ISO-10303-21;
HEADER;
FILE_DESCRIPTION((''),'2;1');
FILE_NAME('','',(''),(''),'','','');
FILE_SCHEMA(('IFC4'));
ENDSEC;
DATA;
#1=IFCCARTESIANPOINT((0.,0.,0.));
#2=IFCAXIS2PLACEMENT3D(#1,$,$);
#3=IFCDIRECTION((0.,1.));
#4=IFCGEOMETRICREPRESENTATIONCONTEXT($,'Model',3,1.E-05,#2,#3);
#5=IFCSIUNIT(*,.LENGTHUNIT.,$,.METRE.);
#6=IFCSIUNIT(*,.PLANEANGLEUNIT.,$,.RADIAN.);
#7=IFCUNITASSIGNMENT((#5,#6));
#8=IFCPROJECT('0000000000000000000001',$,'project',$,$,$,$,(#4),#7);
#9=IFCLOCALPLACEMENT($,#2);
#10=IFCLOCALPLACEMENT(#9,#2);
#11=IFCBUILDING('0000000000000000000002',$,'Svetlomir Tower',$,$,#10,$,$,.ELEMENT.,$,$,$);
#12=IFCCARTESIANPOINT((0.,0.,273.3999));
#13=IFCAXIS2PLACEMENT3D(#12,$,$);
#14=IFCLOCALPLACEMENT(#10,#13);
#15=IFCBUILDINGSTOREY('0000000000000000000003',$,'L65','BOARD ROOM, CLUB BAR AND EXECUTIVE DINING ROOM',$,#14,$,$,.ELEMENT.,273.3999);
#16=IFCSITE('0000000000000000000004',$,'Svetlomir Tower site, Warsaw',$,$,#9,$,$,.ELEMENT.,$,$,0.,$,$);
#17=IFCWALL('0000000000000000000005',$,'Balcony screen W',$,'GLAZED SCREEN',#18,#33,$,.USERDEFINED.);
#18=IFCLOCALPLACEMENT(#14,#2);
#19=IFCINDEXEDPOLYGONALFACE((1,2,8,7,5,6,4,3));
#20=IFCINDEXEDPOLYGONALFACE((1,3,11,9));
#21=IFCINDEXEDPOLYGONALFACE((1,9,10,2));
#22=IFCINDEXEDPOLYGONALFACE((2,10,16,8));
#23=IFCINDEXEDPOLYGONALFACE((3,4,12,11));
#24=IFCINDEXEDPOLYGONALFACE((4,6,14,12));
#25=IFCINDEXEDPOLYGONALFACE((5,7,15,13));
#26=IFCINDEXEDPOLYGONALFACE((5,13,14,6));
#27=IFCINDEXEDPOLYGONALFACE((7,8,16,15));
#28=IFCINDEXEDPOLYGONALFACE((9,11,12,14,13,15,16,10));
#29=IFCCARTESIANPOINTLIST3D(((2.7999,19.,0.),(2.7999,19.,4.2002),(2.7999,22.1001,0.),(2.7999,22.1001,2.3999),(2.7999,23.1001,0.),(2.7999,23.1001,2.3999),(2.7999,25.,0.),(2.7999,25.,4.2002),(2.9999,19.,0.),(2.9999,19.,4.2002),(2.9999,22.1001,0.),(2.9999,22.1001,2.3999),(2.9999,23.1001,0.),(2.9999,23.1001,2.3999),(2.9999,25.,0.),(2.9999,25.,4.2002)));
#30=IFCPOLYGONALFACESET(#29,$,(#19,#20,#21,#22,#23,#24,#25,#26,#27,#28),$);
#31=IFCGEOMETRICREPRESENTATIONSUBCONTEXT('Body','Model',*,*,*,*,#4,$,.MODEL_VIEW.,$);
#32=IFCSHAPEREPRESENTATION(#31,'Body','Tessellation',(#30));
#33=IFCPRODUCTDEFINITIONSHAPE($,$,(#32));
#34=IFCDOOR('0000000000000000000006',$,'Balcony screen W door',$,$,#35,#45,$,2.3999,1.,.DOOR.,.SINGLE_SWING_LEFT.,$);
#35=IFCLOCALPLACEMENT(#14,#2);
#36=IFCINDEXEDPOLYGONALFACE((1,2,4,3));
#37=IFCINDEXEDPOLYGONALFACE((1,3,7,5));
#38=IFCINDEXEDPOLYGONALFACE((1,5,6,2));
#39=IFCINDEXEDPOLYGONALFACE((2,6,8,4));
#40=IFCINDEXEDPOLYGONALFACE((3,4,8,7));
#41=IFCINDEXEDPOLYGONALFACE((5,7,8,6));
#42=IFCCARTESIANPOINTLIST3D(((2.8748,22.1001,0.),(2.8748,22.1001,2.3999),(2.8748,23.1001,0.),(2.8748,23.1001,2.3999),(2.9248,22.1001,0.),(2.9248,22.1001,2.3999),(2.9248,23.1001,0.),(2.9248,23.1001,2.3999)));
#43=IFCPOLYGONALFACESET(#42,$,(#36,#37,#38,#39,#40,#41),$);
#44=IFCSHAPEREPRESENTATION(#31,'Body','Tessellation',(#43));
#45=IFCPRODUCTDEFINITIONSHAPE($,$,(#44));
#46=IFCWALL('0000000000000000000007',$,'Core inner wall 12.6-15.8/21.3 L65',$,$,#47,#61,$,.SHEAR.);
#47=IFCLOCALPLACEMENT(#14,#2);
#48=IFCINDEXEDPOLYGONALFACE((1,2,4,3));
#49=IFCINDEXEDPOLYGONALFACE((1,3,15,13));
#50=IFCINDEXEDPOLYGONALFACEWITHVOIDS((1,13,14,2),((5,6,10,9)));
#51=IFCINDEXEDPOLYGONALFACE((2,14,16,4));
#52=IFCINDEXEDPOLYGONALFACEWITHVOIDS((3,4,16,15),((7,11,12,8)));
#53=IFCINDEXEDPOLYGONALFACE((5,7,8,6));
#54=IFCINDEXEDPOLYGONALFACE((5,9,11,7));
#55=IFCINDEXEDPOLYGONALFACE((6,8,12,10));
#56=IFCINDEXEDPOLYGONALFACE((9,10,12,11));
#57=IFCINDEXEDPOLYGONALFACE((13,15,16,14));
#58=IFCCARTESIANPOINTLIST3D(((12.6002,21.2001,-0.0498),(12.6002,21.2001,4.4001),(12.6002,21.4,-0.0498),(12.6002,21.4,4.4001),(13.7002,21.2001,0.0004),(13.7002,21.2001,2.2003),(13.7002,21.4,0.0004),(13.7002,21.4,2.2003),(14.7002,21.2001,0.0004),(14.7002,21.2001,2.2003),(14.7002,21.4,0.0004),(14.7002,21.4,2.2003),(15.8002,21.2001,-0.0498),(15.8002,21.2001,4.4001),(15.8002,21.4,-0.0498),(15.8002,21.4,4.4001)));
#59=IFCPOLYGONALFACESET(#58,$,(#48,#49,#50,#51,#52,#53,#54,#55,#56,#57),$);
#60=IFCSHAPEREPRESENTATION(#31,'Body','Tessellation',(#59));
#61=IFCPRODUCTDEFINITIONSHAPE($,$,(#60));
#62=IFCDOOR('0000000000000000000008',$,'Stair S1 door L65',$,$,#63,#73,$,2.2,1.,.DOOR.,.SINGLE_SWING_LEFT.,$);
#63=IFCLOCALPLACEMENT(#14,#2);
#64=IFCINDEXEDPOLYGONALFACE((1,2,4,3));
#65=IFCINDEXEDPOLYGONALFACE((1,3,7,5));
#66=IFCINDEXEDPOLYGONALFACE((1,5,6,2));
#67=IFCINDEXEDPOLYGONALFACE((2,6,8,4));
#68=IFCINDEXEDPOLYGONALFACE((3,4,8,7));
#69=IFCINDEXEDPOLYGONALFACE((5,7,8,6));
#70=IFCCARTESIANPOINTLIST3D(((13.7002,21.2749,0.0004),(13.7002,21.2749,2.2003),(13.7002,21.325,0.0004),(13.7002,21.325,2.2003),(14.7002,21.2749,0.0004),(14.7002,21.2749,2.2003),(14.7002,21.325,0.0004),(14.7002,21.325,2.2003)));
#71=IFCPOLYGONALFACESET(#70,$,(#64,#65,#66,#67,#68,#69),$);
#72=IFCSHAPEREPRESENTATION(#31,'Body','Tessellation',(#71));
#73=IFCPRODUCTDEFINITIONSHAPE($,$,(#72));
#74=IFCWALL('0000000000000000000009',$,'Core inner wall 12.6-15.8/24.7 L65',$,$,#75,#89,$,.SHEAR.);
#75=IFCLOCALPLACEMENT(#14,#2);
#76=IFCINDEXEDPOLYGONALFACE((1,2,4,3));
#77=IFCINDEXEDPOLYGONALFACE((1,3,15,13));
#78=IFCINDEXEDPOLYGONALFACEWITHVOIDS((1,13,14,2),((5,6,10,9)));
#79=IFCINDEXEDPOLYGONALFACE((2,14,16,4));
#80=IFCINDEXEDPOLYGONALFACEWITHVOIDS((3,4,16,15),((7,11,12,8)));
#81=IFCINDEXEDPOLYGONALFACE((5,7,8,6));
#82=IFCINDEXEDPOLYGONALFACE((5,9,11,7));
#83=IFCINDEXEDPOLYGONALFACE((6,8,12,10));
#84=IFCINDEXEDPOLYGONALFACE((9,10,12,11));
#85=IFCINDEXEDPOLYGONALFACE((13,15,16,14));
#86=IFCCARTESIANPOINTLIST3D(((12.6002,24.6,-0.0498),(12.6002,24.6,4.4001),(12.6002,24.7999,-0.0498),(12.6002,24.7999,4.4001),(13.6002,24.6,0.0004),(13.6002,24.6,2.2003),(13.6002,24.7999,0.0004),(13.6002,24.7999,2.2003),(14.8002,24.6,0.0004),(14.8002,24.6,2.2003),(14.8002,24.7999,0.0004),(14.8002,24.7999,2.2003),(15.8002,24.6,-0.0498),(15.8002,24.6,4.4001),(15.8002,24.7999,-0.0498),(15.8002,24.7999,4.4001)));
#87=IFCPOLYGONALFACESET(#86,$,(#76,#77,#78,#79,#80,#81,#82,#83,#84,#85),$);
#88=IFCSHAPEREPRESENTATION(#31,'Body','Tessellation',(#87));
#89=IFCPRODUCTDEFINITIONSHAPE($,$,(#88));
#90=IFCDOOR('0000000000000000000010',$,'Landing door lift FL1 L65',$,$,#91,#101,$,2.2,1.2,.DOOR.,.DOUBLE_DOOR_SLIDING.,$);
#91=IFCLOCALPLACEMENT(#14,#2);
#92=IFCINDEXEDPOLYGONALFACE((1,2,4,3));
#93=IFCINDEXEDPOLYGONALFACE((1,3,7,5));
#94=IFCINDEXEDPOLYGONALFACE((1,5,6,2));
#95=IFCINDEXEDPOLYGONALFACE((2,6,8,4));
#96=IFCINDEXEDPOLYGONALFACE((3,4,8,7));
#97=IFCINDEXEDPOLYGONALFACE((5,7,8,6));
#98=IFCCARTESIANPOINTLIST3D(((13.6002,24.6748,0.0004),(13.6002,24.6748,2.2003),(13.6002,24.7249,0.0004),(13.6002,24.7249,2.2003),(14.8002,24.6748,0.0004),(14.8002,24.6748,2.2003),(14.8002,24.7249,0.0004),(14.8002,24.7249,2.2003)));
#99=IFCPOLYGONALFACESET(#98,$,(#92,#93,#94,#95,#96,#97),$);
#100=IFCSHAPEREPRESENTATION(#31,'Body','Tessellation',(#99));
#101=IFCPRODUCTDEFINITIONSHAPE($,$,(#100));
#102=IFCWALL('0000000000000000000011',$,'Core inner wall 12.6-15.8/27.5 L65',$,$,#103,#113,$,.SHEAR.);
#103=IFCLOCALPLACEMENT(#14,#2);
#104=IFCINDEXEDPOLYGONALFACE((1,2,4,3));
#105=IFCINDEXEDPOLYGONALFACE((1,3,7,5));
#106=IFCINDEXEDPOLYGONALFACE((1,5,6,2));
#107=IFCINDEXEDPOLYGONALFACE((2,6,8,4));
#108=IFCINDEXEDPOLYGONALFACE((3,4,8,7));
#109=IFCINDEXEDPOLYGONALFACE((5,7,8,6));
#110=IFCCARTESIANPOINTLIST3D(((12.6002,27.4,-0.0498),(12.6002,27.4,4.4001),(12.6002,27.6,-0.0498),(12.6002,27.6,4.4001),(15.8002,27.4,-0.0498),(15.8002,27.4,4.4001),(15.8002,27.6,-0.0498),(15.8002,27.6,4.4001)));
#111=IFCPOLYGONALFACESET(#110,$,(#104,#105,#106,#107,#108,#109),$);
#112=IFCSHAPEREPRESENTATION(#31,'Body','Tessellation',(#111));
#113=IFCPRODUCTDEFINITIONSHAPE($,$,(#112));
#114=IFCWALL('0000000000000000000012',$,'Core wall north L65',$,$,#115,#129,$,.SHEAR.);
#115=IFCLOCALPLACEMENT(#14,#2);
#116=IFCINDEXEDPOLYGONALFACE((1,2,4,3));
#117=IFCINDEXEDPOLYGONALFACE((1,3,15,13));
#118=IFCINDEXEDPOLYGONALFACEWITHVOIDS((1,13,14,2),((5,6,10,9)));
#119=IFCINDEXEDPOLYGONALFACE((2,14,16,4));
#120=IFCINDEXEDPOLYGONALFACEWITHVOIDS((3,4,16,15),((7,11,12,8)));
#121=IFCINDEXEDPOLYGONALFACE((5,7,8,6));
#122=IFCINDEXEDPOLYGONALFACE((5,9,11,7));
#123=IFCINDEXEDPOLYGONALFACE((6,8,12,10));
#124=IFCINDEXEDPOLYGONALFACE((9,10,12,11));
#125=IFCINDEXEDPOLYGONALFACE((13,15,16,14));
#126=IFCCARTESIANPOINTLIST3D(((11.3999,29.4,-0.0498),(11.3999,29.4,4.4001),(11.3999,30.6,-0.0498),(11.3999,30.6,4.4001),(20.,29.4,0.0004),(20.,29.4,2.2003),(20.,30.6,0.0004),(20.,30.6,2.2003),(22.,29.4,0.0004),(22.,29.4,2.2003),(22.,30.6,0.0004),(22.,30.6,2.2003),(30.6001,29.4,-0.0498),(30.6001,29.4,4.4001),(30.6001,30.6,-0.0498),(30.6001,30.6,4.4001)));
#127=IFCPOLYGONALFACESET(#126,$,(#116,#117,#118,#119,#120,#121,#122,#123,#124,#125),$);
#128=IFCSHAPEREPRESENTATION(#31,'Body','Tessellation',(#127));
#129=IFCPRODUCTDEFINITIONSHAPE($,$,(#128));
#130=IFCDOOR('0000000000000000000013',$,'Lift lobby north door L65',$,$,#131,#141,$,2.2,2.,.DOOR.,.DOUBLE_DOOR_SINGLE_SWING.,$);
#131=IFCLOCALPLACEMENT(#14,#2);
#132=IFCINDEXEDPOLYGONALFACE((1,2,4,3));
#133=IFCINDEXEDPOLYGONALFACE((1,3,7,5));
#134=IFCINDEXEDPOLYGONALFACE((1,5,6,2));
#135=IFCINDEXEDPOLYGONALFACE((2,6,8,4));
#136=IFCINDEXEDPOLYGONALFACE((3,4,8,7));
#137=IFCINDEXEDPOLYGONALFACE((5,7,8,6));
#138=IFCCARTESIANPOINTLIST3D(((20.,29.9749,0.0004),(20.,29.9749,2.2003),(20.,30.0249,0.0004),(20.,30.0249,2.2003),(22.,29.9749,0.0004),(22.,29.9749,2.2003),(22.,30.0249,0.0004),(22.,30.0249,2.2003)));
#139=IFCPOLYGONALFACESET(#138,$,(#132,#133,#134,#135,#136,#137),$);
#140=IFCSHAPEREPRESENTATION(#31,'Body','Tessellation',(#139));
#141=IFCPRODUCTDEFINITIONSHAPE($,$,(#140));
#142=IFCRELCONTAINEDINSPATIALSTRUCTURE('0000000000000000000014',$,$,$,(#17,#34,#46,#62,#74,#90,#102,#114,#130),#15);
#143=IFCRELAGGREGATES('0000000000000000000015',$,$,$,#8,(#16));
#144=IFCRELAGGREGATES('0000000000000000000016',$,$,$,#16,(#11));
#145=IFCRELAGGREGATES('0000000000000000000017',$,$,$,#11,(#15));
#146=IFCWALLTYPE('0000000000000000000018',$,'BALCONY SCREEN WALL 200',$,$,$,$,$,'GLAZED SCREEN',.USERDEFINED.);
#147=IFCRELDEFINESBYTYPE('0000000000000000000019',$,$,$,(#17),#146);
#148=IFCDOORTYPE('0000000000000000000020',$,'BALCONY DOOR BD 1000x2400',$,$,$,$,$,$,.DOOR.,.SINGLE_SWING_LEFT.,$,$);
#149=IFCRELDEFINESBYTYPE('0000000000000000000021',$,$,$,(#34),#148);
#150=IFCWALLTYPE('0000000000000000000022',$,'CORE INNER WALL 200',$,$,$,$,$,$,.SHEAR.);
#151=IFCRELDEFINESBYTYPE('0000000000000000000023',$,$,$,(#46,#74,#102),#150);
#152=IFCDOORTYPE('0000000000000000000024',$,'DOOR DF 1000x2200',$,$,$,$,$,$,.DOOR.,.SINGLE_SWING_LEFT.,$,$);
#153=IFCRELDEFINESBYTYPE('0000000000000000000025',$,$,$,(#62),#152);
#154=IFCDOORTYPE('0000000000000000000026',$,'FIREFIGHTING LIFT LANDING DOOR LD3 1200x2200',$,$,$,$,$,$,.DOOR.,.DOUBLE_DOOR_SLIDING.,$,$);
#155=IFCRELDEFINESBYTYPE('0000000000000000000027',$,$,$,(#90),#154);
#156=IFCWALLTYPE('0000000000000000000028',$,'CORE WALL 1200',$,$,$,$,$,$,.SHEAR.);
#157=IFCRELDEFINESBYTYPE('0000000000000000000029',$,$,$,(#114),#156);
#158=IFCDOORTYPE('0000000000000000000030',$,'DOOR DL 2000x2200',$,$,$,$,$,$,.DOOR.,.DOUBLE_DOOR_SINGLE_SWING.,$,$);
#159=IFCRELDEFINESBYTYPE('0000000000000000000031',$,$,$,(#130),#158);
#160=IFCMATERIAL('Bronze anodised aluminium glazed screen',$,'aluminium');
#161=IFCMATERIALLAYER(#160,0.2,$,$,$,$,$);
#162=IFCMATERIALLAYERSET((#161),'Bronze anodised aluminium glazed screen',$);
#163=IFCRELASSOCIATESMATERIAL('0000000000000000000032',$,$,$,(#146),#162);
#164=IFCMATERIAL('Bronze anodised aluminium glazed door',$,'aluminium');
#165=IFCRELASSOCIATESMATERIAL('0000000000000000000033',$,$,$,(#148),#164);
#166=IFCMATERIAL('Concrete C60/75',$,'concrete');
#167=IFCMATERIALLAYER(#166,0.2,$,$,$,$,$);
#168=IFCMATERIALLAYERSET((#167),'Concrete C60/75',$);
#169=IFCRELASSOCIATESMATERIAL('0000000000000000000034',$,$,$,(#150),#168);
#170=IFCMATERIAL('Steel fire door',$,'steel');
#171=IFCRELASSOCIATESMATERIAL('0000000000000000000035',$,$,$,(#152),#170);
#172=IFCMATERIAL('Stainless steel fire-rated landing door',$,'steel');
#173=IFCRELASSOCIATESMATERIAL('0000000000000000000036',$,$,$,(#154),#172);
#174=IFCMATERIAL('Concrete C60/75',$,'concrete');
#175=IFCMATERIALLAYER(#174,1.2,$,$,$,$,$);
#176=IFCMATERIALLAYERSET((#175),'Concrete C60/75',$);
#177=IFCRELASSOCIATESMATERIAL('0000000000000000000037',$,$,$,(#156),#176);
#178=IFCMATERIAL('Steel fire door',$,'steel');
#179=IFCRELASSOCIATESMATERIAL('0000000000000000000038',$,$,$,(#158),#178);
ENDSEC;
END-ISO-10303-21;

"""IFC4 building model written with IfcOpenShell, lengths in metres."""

from ifc_helpers import new_model, si_unit, direction, frame, frame_2d, origin, place, context, subcontext, project, spatial, rectangle, extrude, material, layer, layer_set, type_object, element, fill, save


model = new_model("IFC4")

# Units and contexts
model_context = context("Model", 3, precision=1e-05, world=origin(), true_north=direction((0.0, 1.0)))
body_context = subcontext(model_context, "Body", "Model", "MODEL_VIEW")
ifc_project = project(units=[si_unit("LENGTHUNIT", "METRE"), si_unit("PLANEANGLEUNIT", "RADIAN")], contexts=[model_context])

# Site, building, storey
site_placement = place(None, origin())
site = spatial("IfcSite", under=ifc_project, at=site_placement, Name="Svetlomir Tower site, Warsaw", CompositionType="ELEMENT", RefElevation=0.0)
building_placement = place(site_placement, origin())
building = spatial("IfcBuilding", under=site, at=building_placement, Name="Svetlomir Tower", CompositionType="ELEMENT")
storey_placement = place(building_placement, frame((0.0, 0.0, 273.3999)))
storey = spatial("IfcBuildingStorey", under=building, at=storey_placement, Name="L65", Description="BOARD ROOM, CLUB BAR AND EXECUTIVE DINING ROOM", CompositionType="ELEMENT", Elevation=273.3999)

# Walls, openings, doors
ifc_material_1 = material(Name="Bronze anodised aluminium glazed screen", Category="aluminium")
ifc_layer_1 = layer(ifc_material_1, 0.2)
ifc_layer_set_1 = layer_set([ifc_layer_1], Name="Bronze anodised aluminium glazed screen")
wall_type_1 = type_object("IfcWallType", Name="BALCONY SCREEN WALL 200", ElementType="GLAZED SCREEN", PredefinedType="USERDEFINED", material=ifc_layer_set_1)
wall_1_placement = place(storey_placement, frame((2.8999, 25.0, 0.0), z_axis=(0.0, 0.0, 1.0), x_axis=(0.0, -1.0, 0.0)))
wall_1 = element("IfcWall", 1, at=wall_1_placement, inside=storey, type_object=wall_type_1, Name="Balcony screen W", ObjectType="GLAZED SCREEN", PredefinedType="USERDEFINED", context=body_context, shape_type="SweptSolid", body=[
    extrude(rectangle(XDim=6.0, YDim=0.2, at=frame_2d((3.0, 0.0))), origin(), (0.0, 0.0, 1.0), 4.2002),
])
opening_1_placement = place(wall_1_placement, frame((1.8999, 0.0, 0.0)))
opening_1 = element("IfcOpeningElement", 2, at=opening_1_placement, cuts=wall_1, PredefinedType="OPENING", context=body_context, shape_type="SweptSolid", body=[
    extrude(rectangle(XDim=1.0, YDim=2.3999, at=frame_2d((0.5, 1.2))), frame((0.0, 0.1099, 0.0), z_axis=(0.0, -1.0, 0.0), x_axis=(1.0, 0.0, 0.0)), (0.0, 0.0, 1.0), 0.22),
])
ifc_material_2 = material(Name="Bronze anodised aluminium glazed door", Category="aluminium")
door_type_1 = type_object("IfcDoorType", Name="BALCONY DOOR BD 1000x2400", OperationType="SINGLE_SWING_LEFT", PredefinedType="DOOR", material=ifc_material_2)
door_1_placement = place(opening_1_placement, origin())
door_1 = element("IfcDoor", 3, at=door_1_placement, inside=storey, type_object=door_type_1, Name="Balcony screen W door", OperationType="SINGLE_SWING_LEFT", OverallHeight=2.3999, OverallWidth=1.0, PredefinedType="DOOR", context=body_context, shape_type="SweptSolid", body=[
    extrude(rectangle(XDim=1.0, YDim=2.3999, at=frame_2d((0.5, 1.2))), frame((0.0, 0.0249, 0.0), z_axis=(0.0, -1.0, 0.0), x_axis=(1.0, 0.0, 0.0)), (0.0, 0.0, 1.0), 0.05),
])
fill(opening_1, door_1)
ifc_material_3 = material(Name="Concrete C60/75", Category="concrete")
ifc_layer_2 = layer(ifc_material_3, 0.2)
ifc_layer_set_2 = layer_set([ifc_layer_2], Name="Concrete C60/75")
wall_type_2 = type_object("IfcWallType", Name="CORE INNER WALL 200", PredefinedType="SHEAR", material=ifc_layer_set_2)
wall_2_placement = place(storey_placement, frame((12.6001, 21.3, -0.0498), z_axis=(0.0, 0.0, 1.0), x_axis=(1.0, 0.0, 0.0)))
wall_2 = element("IfcWall", 4, at=wall_2_placement, inside=storey, type_object=wall_type_2, Name="Core inner wall 12.6-15.8/21.3 L65", PredefinedType="SHEAR", context=body_context, shape_type="SweptSolid", body=[
    extrude(rectangle(XDim=3.2, YDim=0.2, at=frame_2d((1.6001, 0.0))), origin(), (0.0, 0.0, 1.0), 4.45),
])
opening_2_placement = place(wall_2_placement, frame((1.1001, 0.0, 0.05)))
opening_2 = element("IfcOpeningElement", 5, at=opening_2_placement, cuts=wall_2, PredefinedType="OPENING", context=body_context, shape_type="SweptSolid", body=[
    extrude(rectangle(XDim=1.0, YDim=2.2, at=frame_2d((0.5, 1.1001))), frame((0.0, 0.1099, 0.0), z_axis=(0.0, -1.0, 0.0), x_axis=(1.0, 0.0, 0.0)), (0.0, 0.0, 1.0), 0.22),
])
ifc_material_4 = material(Name="Steel fire door", Category="steel")
door_type_2 = type_object("IfcDoorType", Name="DOOR DF 1000x2200", OperationType="SINGLE_SWING_LEFT", PredefinedType="DOOR", material=ifc_material_4)
door_2_placement = place(opening_2_placement, origin())
door_2 = element("IfcDoor", 6, at=door_2_placement, inside=storey, type_object=door_type_2, Name="Stair S1 door L65", OperationType="SINGLE_SWING_LEFT", OverallHeight=2.2, OverallWidth=1.0, PredefinedType="DOOR", context=body_context, shape_type="SweptSolid", body=[
    extrude(rectangle(XDim=1.0, YDim=2.2, at=frame_2d((0.5, 1.1001))), frame((0.0, 0.0249, 0.0), z_axis=(0.0, -1.0, 0.0), x_axis=(1.0, 0.0, 0.0)), (0.0, 0.0, 1.0), 0.05),
])
fill(opening_2, door_2)
wall_3_placement = place(storey_placement, frame((12.6001, 24.7, -0.0498), z_axis=(0.0, 0.0, 1.0), x_axis=(1.0, 0.0, 0.0)))
wall_3 = element("IfcWall", 7, at=wall_3_placement, inside=storey, type_object=wall_type_2, Name="Core inner wall 12.6-15.8/24.7 L65", PredefinedType="SHEAR", context=body_context, shape_type="SweptSolid", body=[
    extrude(rectangle(XDim=3.2, YDim=0.2, at=frame_2d((1.6001, 0.0))), origin(), (0.0, 0.0, 1.0), 4.45),
])
opening_3_placement = place(wall_3_placement, frame((1.0, 0.0, 0.05)))
opening_3 = element("IfcOpeningElement", 8, at=opening_3_placement, cuts=wall_3, PredefinedType="OPENING", context=body_context, shape_type="SweptSolid", body=[
    extrude(rectangle(XDim=1.2, YDim=2.2, at=frame_2d((0.6001, 1.1001))), frame((0.0, 0.1099, 0.0), z_axis=(0.0, -1.0, 0.0), x_axis=(1.0, 0.0, 0.0)), (0.0, 0.0, 1.0), 0.22),
])
ifc_material_5 = material(Name="Stainless steel fire-rated landing door", Category="steel")
door_type_3 = type_object("IfcDoorType", Name="FIREFIGHTING LIFT LANDING DOOR LD3 1200x2200", OperationType="DOUBLE_DOOR_SLIDING", PredefinedType="DOOR", material=ifc_material_5)
door_3_placement = place(opening_3_placement, origin())
door_3 = element("IfcDoor", 9, at=door_3_placement, inside=storey, type_object=door_type_3, Name="Landing door lift FL1 L65", OperationType="DOUBLE_DOOR_SLIDING", OverallHeight=2.2, OverallWidth=1.2, PredefinedType="DOOR", context=body_context, shape_type="SweptSolid", body=[
    extrude(rectangle(XDim=1.2, YDim=2.2, at=frame_2d((0.6001, 1.1001))), frame((0.0, 0.0249, 0.0), z_axis=(0.0, -1.0, 0.0), x_axis=(1.0, 0.0, 0.0)), (0.0, 0.0, 1.0), 0.05),
])
fill(opening_3, door_3)

# Wall
wall_4_placement = place(storey_placement, frame((12.6001, 27.5, -0.0498), z_axis=(0.0, 0.0, 1.0), x_axis=(1.0, 0.0, 0.0)))
element("IfcWall", 10, at=wall_4_placement, inside=storey, type_object=wall_type_2, Name="Core inner wall 12.6-15.8/27.5 L65", PredefinedType="SHEAR", context=body_context, shape_type="SweptSolid", body=[
    extrude(rectangle(XDim=3.2, YDim=0.2, at=frame_2d((1.6001, 0.0))), origin(), (0.0, 0.0, 1.0), 4.45),
])

# Wall, opening, door
ifc_material_6 = material(Name="Concrete C60/75", Category="concrete")
ifc_layer_3 = layer(ifc_material_6, 1.2)
ifc_layer_set_3 = layer_set([ifc_layer_3], Name="Concrete C60/75")
wall_type_3 = type_object("IfcWallType", Name="CORE WALL 1200", PredefinedType="SHEAR", material=ifc_layer_set_3)
wall_5_placement = place(storey_placement, frame((11.3999, 30.0, -0.0498), z_axis=(0.0, 0.0, 1.0), x_axis=(1.0, 0.0, 0.0)))
wall_5 = element("IfcWall", 11, at=wall_5_placement, inside=storey, type_object=wall_type_3, Name="Core wall north L65", PredefinedType="SHEAR", context=body_context, shape_type="SweptSolid", body=[
    extrude(rectangle(XDim=19.2002, YDim=1.2, at=frame_2d((9.6001, 0.0))), origin(), (0.0, 0.0, 1.0), 4.45),
])
opening_4_placement = place(wall_5_placement, frame((8.6001, 0.0, 0.05)))
opening_4 = element("IfcOpeningElement", 12, at=opening_4_placement, cuts=wall_5, PredefinedType="OPENING", context=body_context, shape_type="SweptSolid", body=[
    extrude(rectangle(XDim=2.0, YDim=2.2, at=frame_2d((1.0, 1.1001))), frame((0.0, 0.6099, 0.0), z_axis=(0.0, -1.0, 0.0), x_axis=(1.0, 0.0, 0.0)), (0.0, 0.0, 1.0), 1.22),
])
ifc_material_7 = material(Name="Steel fire door", Category="steel")
door_type_4 = type_object("IfcDoorType", Name="DOOR DL 2000x2200", OperationType="DOUBLE_DOOR_SINGLE_SWING", PredefinedType="DOOR", material=ifc_material_7)
door_4_placement = place(opening_4_placement, origin())
door_4 = element("IfcDoor", 13, at=door_4_placement, inside=storey, type_object=door_type_4, Name="Lift lobby north door L65", OperationType="DOUBLE_DOOR_SINGLE_SWING", OverallHeight=2.2, OverallWidth=2.0, PredefinedType="DOOR", context=body_context, shape_type="SweptSolid", body=[
    extrude(rectangle(XDim=2.0, YDim=2.2, at=frame_2d((1.0, 1.1001))), frame((0.0, 0.0249, 0.0), z_axis=(0.0, -1.0, 0.0), x_axis=(1.0, 0.0, 0.0)), (0.0, 0.0, 1.0), 0.05),
])
fill(opening_4, door_4)

save(model, "model.ifc")
